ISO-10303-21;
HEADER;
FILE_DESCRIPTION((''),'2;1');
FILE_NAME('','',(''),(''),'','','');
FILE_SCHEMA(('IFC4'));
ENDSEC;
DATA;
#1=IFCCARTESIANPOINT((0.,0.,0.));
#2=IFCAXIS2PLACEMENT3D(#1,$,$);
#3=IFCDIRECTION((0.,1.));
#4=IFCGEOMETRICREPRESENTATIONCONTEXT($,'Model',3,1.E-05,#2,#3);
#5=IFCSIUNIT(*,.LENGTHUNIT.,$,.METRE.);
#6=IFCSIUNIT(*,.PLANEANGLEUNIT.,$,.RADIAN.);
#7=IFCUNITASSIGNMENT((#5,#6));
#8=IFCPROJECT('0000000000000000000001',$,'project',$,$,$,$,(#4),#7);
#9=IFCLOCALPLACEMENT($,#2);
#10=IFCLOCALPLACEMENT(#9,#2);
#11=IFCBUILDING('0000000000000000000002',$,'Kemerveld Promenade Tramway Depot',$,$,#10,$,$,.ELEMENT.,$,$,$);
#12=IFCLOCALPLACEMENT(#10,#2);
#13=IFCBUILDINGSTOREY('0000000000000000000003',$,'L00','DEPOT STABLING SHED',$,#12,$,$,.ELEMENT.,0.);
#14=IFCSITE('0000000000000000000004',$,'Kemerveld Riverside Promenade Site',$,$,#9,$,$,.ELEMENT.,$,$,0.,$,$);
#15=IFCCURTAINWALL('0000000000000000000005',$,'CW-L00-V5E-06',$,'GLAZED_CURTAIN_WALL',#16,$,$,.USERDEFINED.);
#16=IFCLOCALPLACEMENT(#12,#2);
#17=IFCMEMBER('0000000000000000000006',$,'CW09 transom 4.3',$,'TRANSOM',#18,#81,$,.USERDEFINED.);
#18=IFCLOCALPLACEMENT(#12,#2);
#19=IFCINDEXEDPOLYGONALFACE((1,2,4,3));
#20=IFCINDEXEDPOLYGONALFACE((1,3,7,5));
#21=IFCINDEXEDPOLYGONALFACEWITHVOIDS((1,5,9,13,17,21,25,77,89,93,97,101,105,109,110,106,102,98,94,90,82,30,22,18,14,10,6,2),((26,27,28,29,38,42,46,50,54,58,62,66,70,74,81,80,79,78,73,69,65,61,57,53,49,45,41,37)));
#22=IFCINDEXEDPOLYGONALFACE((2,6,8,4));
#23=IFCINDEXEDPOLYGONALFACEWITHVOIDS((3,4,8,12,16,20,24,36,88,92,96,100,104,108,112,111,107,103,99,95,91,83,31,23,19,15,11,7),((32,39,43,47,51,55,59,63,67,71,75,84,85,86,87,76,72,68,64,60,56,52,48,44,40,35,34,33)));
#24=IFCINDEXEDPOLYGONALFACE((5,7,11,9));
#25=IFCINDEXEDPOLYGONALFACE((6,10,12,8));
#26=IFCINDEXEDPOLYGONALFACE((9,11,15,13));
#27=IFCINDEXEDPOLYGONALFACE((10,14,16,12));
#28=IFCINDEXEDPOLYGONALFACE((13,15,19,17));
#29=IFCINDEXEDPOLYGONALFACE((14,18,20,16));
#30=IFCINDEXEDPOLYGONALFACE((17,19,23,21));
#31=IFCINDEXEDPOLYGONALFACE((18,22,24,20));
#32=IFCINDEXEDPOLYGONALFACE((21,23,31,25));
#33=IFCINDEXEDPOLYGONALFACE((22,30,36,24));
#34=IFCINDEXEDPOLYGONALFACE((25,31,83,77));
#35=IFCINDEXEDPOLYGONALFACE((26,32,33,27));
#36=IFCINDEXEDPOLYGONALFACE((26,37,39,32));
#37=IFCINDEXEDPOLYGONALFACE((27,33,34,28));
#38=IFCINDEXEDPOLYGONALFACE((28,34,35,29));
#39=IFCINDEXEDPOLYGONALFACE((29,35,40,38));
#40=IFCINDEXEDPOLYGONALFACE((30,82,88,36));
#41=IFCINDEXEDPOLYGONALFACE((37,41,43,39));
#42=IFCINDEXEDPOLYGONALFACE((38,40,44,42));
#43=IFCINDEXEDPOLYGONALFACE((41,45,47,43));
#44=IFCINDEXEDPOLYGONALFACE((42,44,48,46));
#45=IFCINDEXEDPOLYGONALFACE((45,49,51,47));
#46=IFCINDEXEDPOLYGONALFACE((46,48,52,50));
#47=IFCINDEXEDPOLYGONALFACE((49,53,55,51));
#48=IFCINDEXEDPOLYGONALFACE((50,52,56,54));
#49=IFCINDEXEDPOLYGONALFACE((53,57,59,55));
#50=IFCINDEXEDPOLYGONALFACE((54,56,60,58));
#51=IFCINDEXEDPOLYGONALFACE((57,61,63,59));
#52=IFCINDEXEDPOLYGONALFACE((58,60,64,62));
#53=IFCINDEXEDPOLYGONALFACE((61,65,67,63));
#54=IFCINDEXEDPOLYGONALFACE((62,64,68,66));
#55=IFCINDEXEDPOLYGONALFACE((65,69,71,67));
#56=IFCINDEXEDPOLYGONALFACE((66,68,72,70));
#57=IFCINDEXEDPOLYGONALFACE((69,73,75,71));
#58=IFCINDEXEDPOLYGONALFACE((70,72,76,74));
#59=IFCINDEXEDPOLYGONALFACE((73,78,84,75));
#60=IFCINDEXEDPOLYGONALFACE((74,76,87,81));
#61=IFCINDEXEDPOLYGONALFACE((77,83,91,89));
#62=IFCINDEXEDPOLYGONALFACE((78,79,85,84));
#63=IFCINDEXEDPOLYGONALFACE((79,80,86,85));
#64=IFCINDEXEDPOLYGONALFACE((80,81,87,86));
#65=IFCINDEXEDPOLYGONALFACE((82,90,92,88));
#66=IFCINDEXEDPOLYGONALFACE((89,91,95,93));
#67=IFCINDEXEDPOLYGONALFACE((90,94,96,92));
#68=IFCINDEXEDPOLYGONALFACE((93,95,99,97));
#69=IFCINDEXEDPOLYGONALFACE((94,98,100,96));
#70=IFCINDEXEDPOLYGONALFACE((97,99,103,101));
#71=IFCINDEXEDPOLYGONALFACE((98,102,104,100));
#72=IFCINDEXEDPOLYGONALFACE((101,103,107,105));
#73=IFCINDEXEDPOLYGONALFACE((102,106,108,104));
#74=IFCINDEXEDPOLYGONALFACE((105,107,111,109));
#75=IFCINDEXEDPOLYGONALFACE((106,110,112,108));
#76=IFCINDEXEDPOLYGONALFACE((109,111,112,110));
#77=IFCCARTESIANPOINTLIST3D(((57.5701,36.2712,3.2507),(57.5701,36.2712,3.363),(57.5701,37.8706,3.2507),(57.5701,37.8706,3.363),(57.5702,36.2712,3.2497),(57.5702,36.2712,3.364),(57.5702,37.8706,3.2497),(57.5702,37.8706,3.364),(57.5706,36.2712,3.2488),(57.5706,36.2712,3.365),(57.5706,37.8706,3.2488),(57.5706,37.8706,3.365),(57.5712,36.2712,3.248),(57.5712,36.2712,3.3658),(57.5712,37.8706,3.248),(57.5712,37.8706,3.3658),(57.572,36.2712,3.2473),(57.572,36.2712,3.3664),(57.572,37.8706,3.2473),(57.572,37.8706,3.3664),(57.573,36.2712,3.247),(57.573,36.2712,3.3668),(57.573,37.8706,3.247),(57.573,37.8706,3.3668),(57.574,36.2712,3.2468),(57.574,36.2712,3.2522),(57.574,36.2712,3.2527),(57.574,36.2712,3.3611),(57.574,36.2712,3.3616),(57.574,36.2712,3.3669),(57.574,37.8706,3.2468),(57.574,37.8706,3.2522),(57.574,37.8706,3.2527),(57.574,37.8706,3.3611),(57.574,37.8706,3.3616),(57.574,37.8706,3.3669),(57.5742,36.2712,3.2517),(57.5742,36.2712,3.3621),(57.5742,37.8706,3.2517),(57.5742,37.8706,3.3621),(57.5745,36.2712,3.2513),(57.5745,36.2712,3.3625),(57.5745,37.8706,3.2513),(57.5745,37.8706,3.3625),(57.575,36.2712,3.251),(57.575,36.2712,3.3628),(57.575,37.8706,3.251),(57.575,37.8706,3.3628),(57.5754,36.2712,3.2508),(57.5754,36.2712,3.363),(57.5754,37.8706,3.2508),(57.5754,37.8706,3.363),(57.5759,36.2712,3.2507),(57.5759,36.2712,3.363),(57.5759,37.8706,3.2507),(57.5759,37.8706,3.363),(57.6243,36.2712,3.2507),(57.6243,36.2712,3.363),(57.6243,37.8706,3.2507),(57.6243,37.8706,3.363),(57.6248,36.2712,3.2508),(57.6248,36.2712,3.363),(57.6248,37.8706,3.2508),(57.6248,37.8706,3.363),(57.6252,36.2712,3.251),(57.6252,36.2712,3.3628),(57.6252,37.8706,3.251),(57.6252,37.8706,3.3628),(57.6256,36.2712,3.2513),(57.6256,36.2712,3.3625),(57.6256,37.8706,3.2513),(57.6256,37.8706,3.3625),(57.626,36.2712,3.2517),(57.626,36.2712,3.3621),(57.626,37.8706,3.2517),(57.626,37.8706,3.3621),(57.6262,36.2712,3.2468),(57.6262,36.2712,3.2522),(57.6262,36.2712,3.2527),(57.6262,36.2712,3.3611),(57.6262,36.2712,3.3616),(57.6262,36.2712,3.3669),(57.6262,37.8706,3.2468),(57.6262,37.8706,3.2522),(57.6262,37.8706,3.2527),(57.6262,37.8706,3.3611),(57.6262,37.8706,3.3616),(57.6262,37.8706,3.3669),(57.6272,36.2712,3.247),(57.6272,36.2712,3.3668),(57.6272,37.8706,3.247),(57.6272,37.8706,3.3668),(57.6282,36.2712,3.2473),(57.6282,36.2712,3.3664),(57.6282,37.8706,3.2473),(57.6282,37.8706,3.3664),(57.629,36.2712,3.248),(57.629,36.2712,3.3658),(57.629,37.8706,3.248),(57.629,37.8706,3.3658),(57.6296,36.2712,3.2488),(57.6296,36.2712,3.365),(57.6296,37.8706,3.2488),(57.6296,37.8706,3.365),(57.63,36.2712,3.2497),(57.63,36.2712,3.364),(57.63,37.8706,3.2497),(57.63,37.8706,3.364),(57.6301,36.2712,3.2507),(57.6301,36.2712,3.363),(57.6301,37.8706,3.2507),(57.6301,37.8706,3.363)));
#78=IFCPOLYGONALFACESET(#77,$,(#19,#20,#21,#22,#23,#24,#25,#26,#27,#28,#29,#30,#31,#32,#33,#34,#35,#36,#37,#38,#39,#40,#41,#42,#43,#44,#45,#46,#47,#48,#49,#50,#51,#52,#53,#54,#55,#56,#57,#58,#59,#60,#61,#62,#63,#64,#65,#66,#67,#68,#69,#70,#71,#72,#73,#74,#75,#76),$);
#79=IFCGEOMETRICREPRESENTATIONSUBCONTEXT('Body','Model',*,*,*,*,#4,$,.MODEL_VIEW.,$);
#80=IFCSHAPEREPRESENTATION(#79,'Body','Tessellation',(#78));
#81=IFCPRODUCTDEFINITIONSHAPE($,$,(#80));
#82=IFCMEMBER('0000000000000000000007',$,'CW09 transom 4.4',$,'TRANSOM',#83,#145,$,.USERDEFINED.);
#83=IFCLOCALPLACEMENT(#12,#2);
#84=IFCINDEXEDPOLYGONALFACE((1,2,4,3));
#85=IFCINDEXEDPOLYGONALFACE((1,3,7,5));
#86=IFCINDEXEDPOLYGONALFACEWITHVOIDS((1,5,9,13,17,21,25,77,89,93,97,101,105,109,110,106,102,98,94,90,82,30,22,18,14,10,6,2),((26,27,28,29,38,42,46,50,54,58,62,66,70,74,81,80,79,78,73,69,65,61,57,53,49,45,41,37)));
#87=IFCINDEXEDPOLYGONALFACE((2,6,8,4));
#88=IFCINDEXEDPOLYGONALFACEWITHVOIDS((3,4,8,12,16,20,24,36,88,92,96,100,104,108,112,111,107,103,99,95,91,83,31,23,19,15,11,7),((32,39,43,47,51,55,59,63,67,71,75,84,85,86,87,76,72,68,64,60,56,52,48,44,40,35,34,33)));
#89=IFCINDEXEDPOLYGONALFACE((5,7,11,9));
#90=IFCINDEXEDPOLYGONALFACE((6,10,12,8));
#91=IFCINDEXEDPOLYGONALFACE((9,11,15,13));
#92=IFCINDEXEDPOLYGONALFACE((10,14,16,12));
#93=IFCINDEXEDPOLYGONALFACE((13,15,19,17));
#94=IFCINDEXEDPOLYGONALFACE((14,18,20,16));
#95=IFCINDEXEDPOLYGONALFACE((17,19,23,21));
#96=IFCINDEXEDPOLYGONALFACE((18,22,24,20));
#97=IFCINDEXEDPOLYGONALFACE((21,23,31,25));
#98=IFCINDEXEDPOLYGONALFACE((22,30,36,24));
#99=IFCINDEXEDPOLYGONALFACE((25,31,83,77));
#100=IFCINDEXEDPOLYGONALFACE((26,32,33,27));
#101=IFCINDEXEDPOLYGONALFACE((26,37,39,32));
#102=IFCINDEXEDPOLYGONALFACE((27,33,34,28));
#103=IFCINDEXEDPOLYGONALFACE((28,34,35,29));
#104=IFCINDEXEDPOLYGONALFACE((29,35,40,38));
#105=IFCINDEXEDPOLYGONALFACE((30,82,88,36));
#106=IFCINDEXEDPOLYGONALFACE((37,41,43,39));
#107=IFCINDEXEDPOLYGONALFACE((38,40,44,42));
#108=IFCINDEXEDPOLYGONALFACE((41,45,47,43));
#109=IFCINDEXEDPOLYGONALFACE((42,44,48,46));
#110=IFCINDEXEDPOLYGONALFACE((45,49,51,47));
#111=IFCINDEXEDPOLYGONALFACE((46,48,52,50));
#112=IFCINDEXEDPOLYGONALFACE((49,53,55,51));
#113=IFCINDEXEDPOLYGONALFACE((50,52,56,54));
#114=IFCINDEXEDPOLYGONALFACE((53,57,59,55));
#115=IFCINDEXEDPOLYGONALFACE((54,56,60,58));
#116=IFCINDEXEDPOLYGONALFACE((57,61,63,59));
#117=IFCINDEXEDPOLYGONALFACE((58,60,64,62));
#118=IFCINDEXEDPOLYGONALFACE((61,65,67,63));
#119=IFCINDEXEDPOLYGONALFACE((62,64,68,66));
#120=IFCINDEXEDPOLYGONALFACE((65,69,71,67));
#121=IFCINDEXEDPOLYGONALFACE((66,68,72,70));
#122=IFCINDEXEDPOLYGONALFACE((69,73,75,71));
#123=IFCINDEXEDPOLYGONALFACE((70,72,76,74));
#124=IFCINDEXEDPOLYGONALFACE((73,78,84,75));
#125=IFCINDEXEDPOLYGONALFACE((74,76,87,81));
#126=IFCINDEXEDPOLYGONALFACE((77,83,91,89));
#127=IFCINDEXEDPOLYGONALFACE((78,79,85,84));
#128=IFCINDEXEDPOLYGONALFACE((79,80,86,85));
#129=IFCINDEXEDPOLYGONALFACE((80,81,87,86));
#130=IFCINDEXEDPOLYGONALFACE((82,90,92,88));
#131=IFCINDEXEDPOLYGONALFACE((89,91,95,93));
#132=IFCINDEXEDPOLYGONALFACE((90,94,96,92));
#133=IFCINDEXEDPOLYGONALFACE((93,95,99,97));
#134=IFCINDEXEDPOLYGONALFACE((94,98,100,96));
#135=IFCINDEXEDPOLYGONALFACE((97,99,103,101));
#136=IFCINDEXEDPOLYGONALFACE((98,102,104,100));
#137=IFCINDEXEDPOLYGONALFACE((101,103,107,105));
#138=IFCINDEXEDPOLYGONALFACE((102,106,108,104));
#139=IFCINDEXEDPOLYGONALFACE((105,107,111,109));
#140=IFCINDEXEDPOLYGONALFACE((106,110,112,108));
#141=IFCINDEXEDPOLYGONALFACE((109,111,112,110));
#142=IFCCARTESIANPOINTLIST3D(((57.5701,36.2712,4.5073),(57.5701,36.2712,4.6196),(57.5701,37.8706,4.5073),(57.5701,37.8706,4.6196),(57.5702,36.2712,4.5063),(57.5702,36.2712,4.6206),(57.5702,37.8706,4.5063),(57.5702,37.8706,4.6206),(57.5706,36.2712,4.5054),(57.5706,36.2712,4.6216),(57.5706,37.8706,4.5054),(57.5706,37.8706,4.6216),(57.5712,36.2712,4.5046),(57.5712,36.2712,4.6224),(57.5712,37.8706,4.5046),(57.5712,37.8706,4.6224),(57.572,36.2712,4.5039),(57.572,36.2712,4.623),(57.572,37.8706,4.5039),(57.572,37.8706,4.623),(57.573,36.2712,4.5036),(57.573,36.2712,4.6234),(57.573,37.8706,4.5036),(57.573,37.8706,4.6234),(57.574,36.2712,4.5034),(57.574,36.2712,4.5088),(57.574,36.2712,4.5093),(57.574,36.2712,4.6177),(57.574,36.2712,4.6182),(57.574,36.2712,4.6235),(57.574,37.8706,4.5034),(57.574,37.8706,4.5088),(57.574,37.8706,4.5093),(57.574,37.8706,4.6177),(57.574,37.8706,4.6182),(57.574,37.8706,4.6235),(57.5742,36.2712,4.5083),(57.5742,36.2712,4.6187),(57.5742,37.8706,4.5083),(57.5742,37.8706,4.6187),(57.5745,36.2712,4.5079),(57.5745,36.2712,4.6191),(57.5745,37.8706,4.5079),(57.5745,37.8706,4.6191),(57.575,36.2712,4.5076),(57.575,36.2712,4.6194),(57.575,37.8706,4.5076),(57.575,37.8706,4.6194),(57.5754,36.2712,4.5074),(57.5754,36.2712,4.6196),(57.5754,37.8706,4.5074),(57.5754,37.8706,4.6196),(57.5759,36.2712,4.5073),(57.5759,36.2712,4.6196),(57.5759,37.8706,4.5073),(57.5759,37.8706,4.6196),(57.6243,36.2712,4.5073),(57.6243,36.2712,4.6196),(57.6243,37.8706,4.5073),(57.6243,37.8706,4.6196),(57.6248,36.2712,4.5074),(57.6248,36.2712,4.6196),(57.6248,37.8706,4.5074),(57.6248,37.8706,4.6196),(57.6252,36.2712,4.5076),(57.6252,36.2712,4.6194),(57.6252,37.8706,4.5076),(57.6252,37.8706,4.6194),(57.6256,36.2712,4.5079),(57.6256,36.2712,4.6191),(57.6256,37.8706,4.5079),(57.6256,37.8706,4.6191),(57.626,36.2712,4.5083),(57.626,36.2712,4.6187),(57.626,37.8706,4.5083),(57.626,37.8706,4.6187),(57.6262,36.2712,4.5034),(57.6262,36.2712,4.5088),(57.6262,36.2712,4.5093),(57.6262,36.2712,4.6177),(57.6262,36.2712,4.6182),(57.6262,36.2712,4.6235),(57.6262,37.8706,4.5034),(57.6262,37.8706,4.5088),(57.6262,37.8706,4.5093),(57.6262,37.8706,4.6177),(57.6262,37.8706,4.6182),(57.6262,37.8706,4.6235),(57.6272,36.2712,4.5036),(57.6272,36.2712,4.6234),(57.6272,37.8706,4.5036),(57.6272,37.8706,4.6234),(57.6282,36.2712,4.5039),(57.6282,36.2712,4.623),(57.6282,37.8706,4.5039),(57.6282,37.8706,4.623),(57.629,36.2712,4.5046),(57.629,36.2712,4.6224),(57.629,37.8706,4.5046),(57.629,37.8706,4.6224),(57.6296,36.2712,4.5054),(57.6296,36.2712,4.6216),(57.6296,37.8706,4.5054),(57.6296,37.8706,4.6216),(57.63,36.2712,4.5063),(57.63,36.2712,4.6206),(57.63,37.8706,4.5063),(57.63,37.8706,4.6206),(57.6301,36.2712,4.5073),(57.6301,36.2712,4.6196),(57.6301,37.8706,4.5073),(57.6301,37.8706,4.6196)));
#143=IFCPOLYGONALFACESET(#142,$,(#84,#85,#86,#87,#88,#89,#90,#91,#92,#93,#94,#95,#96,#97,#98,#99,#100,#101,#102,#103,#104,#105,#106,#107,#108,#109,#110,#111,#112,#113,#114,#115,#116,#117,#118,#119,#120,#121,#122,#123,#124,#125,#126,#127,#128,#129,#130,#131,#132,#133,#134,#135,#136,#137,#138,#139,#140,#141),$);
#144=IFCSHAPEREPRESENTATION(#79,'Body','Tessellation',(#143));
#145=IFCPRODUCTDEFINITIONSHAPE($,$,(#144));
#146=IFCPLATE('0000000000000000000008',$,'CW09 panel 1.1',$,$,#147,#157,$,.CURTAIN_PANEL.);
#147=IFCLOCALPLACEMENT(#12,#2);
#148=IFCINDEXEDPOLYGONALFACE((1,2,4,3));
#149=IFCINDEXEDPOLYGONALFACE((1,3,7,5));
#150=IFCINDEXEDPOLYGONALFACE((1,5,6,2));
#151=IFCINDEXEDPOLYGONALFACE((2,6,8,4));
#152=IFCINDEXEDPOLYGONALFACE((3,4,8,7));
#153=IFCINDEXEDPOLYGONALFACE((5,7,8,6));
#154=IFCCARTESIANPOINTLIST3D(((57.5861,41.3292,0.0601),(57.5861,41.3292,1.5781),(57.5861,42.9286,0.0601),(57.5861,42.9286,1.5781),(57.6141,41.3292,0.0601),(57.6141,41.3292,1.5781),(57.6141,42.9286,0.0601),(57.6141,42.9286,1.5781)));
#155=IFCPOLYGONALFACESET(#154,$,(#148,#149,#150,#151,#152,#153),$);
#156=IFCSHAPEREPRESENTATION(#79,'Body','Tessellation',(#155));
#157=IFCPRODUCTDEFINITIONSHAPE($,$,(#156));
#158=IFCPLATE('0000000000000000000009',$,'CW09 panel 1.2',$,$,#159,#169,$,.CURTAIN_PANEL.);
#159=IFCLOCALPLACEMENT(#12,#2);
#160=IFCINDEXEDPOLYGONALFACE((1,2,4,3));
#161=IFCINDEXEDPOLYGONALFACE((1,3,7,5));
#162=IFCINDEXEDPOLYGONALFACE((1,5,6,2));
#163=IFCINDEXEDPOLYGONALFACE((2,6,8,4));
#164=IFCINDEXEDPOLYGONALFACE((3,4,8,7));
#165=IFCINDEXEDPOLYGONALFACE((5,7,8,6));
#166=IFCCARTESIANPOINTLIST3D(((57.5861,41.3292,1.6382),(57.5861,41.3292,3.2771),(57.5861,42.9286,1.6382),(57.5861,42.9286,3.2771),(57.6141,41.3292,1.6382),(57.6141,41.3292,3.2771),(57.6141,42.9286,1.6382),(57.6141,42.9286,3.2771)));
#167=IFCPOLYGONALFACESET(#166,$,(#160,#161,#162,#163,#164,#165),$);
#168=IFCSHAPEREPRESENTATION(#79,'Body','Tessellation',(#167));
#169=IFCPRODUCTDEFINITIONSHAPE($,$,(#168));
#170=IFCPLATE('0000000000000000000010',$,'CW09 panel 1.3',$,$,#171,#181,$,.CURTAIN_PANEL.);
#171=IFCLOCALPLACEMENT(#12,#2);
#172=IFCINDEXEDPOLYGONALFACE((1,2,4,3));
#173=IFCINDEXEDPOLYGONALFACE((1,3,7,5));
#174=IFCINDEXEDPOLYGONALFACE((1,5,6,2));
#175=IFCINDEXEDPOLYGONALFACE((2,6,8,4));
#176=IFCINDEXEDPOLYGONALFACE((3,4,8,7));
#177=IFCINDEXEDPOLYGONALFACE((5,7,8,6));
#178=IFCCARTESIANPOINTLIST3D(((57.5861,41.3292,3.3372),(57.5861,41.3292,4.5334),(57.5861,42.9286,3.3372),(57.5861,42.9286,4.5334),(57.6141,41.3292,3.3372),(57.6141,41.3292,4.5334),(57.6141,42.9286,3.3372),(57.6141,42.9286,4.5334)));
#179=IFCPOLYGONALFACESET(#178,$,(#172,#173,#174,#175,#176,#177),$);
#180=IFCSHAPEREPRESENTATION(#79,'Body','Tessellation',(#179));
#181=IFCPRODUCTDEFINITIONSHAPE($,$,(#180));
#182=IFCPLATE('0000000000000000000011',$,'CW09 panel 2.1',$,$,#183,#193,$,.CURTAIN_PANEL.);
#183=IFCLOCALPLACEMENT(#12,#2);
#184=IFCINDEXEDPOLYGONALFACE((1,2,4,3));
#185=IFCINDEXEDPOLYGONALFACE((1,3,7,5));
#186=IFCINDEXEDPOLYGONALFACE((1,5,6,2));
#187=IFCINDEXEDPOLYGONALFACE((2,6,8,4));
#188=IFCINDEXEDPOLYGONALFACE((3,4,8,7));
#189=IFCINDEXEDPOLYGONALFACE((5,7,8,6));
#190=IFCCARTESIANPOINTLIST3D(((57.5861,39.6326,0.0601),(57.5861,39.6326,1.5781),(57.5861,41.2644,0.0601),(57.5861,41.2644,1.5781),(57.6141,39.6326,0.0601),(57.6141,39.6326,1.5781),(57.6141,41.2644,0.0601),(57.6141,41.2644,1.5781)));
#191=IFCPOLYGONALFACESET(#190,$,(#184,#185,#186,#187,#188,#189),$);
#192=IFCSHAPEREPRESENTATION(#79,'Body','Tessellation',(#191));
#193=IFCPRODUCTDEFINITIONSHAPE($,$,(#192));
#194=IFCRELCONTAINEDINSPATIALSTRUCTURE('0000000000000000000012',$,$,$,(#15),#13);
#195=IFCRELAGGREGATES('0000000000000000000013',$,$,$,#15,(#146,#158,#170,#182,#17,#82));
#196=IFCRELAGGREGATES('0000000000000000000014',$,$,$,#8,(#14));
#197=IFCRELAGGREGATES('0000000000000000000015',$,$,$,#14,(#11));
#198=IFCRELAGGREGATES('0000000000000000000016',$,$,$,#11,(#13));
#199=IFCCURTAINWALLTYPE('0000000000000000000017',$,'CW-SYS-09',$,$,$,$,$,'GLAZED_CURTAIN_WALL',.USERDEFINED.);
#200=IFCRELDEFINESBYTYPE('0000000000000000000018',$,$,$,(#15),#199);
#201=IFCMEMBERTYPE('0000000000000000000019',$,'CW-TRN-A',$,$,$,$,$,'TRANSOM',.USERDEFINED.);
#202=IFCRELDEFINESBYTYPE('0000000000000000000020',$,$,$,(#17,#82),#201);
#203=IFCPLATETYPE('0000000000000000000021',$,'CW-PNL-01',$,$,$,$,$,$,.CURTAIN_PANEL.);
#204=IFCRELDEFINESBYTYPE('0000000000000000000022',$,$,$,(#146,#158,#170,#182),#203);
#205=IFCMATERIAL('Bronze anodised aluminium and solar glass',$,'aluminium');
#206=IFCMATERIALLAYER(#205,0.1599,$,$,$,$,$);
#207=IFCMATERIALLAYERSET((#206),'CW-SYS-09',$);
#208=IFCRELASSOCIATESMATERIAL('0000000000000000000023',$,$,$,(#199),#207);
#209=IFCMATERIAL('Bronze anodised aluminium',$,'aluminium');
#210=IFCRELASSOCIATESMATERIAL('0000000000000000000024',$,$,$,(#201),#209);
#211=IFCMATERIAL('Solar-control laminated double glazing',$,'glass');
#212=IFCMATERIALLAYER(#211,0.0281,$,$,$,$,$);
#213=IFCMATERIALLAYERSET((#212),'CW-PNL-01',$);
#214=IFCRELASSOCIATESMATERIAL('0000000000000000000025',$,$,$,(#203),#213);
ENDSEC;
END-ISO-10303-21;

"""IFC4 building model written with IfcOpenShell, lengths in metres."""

from ifc_helpers import new_model, si_unit, direction, frame, origin, origin_2d, place, context, subcontext, project, spatial, rectangle, hollow_rectangle, extrude, material, layer, layer_set, material_profile, profile_set, type_object, element, aggregate, save


model = new_model("IFC4")

# Units and contexts
model_context = context("Model", 3, precision=1e-05, world=origin(), true_north=direction((0.0, 1.0)))
body_context = subcontext(model_context, "Body", "Model", "MODEL_VIEW")
ifc_project = project(units=[si_unit("LENGTHUNIT", "METRE"), si_unit("PLANEANGLEUNIT", "RADIAN")], contexts=[model_context])

# Site, building, storey
site_placement = place(None, origin())
site = spatial("IfcSite", under=ifc_project, at=site_placement, Name="Kemerveld Riverside Promenade Site", CompositionType="ELEMENT", RefElevation=0.0)
building_placement = place(site_placement, origin())
building = spatial("IfcBuilding", under=site, at=building_placement, Name="Kemerveld Promenade Tramway Depot", CompositionType="ELEMENT")
storey_placement = place(building_placement, origin())
storey = spatial("IfcBuildingStorey", under=building, at=storey_placement, Name="L00", Description="DEPOT STABLING SHED", CompositionType="ELEMENT", Elevation=0.0)

# Curtain wall, members, plates
ifc_material_1 = material(Name="Bronze anodised aluminium and solar glass", Category="aluminium")
ifc_layer_1 = layer(ifc_material_1, 0.1599)
ifc_layer_set_1 = layer_set([ifc_layer_1], Name="CW-SYS-09")
curtain_wall_type = type_object("IfcCurtainWallType", Name="CW-SYS-09", ElementType="GLAZED_CURTAIN_WALL", PredefinedType="USERDEFINED", material=ifc_layer_set_1)
curtain_wall_placement = place(storey_placement, origin())
curtain_wall = element("IfcCurtainWall", 1, at=curtain_wall_placement, inside=storey, type_object=curtain_wall_type, Name="CW-L00-V5E-06", ObjectType="GLAZED_CURTAIN_WALL", PredefinedType="USERDEFINED")
ifc_material_2 = material(Name="Bronze anodised aluminium", Category="aluminium")
ifc_material_profile_1 = material_profile(ifc_material_2, hollow_rectangle(XDim=0.0601, YDim=0.1201, WallThickness=0.0039, InnerFilletRadius=0.002, OuterFilletRadius=0.0039, at=origin_2d()), Name="CW-TRN-120x60")
ifc_profile_set_1 = profile_set([ifc_material_profile_1], Name="Bronze anodised aluminium")
member_type_1 = type_object("IfcMemberType", Name="CW-TRN-A", ElementType="TRANSOM", PredefinedType="USERDEFINED", material=ifc_profile_set_1)
member_1_placement = place(storey_placement, frame((57.6001, 37.8706, 3.3069), z_axis=(0.0, -1.0, 0.0), x_axis=(1.0, 0.0, 0.0)))
member_1 = element("IfcMember", 2, at=member_1_placement, type_object=member_type_1, Name="CW09 transom 4.3", ObjectType="TRANSOM", PredefinedType="USERDEFINED", context=body_context, shape_type="SweptSolid", body=[
    extrude(hollow_rectangle(XDim=0.0601, YDim=0.1201, WallThickness=0.0039, InnerFilletRadius=0.002, OuterFilletRadius=0.0039, at=origin_2d()), origin(), (0.0, 0.0, 1.0), 1.5994),
])
member_2_placement = place(storey_placement, frame((57.6001, 37.8706, 4.5635), z_axis=(0.0, -1.0, 0.0), x_axis=(1.0, 0.0, 0.0)))
member_2 = element("IfcMember", 3, at=member_2_placement, type_object=member_type_1, Name="CW09 transom 4.4", ObjectType="TRANSOM", PredefinedType="USERDEFINED", context=body_context, shape_type="SweptSolid", body=[
    extrude(hollow_rectangle(XDim=0.0601, YDim=0.1201, WallThickness=0.0039, InnerFilletRadius=0.002, OuterFilletRadius=0.0039, at=origin_2d()), origin(), (0.0, 0.0, 1.0), 1.5994),
])
ifc_material_3 = material(Name="Solar-control laminated double glazing", Category="glass")
ifc_layer_2 = layer(ifc_material_3, 0.0281)
ifc_layer_set_2 = layer_set([ifc_layer_2], Name="CW-PNL-01")
plate_type = type_object("IfcPlateType", Name="CW-PNL-01", PredefinedType="CURTAIN_PANEL", material=ifc_layer_set_2)
plate_1_placement = place(storey_placement, frame((57.6001, 42.1289, 0.0601), z_axis=(0.0, 0.0, 1.0), x_axis=(0.0, -1.0, 0.0)))
plate_1 = element("IfcPlate", 4, at=plate_1_placement, type_object=plate_type, Name="CW09 panel 1.1", PredefinedType="CURTAIN_PANEL", context=body_context, shape_type="SweptSolid", body=[
    extrude(rectangle(XDim=1.5994, YDim=0.0281, at=origin_2d()), origin(), (0.0, 0.0, 1.0), 1.5181),
])
plate_2_placement = place(storey_placement, frame((57.6001, 42.1289, 1.6382), z_axis=(0.0, 0.0, 1.0), x_axis=(0.0, -1.0, 0.0)))
plate_2 = element("IfcPlate", 5, at=plate_2_placement, type_object=plate_type, Name="CW09 panel 1.2", PredefinedType="CURTAIN_PANEL", context=body_context, shape_type="SweptSolid", body=[
    extrude(rectangle(XDim=1.5994, YDim=0.0281, at=origin_2d()), origin(), (0.0, 0.0, 1.0), 1.6389),
])
plate_3_placement = place(storey_placement, frame((57.6001, 42.1289, 3.3372), z_axis=(0.0, 0.0, 1.0), x_axis=(0.0, -1.0, 0.0)))
plate_3 = element("IfcPlate", 6, at=plate_3_placement, type_object=plate_type, Name="CW09 panel 1.3", PredefinedType="CURTAIN_PANEL", context=body_context, shape_type="SweptSolid", body=[
    extrude(rectangle(XDim=1.5994, YDim=0.0281, at=origin_2d()), origin(), (0.0, 0.0, 1.0), 1.1963),
])
plate_4_placement = place(storey_placement, frame((57.6001, 40.4485, 0.0601), z_axis=(0.0, 0.0, 1.0), x_axis=(0.0, -1.0, 0.0)))
plate_4 = element("IfcPlate", 7, at=plate_4_placement, type_object=plate_type, Name="CW09 panel 2.1", PredefinedType="CURTAIN_PANEL", context=body_context, shape_type="SweptSolid", body=[
    extrude(rectangle(XDim=1.6318, YDim=0.0281, at=origin_2d()), origin(), (0.0, 0.0, 1.0), 1.5181),
])
aggregate(curtain_wall, [plate_1, plate_2, plate_3, plate_4, member_1, member_2])

save(model, "model.ifc")
